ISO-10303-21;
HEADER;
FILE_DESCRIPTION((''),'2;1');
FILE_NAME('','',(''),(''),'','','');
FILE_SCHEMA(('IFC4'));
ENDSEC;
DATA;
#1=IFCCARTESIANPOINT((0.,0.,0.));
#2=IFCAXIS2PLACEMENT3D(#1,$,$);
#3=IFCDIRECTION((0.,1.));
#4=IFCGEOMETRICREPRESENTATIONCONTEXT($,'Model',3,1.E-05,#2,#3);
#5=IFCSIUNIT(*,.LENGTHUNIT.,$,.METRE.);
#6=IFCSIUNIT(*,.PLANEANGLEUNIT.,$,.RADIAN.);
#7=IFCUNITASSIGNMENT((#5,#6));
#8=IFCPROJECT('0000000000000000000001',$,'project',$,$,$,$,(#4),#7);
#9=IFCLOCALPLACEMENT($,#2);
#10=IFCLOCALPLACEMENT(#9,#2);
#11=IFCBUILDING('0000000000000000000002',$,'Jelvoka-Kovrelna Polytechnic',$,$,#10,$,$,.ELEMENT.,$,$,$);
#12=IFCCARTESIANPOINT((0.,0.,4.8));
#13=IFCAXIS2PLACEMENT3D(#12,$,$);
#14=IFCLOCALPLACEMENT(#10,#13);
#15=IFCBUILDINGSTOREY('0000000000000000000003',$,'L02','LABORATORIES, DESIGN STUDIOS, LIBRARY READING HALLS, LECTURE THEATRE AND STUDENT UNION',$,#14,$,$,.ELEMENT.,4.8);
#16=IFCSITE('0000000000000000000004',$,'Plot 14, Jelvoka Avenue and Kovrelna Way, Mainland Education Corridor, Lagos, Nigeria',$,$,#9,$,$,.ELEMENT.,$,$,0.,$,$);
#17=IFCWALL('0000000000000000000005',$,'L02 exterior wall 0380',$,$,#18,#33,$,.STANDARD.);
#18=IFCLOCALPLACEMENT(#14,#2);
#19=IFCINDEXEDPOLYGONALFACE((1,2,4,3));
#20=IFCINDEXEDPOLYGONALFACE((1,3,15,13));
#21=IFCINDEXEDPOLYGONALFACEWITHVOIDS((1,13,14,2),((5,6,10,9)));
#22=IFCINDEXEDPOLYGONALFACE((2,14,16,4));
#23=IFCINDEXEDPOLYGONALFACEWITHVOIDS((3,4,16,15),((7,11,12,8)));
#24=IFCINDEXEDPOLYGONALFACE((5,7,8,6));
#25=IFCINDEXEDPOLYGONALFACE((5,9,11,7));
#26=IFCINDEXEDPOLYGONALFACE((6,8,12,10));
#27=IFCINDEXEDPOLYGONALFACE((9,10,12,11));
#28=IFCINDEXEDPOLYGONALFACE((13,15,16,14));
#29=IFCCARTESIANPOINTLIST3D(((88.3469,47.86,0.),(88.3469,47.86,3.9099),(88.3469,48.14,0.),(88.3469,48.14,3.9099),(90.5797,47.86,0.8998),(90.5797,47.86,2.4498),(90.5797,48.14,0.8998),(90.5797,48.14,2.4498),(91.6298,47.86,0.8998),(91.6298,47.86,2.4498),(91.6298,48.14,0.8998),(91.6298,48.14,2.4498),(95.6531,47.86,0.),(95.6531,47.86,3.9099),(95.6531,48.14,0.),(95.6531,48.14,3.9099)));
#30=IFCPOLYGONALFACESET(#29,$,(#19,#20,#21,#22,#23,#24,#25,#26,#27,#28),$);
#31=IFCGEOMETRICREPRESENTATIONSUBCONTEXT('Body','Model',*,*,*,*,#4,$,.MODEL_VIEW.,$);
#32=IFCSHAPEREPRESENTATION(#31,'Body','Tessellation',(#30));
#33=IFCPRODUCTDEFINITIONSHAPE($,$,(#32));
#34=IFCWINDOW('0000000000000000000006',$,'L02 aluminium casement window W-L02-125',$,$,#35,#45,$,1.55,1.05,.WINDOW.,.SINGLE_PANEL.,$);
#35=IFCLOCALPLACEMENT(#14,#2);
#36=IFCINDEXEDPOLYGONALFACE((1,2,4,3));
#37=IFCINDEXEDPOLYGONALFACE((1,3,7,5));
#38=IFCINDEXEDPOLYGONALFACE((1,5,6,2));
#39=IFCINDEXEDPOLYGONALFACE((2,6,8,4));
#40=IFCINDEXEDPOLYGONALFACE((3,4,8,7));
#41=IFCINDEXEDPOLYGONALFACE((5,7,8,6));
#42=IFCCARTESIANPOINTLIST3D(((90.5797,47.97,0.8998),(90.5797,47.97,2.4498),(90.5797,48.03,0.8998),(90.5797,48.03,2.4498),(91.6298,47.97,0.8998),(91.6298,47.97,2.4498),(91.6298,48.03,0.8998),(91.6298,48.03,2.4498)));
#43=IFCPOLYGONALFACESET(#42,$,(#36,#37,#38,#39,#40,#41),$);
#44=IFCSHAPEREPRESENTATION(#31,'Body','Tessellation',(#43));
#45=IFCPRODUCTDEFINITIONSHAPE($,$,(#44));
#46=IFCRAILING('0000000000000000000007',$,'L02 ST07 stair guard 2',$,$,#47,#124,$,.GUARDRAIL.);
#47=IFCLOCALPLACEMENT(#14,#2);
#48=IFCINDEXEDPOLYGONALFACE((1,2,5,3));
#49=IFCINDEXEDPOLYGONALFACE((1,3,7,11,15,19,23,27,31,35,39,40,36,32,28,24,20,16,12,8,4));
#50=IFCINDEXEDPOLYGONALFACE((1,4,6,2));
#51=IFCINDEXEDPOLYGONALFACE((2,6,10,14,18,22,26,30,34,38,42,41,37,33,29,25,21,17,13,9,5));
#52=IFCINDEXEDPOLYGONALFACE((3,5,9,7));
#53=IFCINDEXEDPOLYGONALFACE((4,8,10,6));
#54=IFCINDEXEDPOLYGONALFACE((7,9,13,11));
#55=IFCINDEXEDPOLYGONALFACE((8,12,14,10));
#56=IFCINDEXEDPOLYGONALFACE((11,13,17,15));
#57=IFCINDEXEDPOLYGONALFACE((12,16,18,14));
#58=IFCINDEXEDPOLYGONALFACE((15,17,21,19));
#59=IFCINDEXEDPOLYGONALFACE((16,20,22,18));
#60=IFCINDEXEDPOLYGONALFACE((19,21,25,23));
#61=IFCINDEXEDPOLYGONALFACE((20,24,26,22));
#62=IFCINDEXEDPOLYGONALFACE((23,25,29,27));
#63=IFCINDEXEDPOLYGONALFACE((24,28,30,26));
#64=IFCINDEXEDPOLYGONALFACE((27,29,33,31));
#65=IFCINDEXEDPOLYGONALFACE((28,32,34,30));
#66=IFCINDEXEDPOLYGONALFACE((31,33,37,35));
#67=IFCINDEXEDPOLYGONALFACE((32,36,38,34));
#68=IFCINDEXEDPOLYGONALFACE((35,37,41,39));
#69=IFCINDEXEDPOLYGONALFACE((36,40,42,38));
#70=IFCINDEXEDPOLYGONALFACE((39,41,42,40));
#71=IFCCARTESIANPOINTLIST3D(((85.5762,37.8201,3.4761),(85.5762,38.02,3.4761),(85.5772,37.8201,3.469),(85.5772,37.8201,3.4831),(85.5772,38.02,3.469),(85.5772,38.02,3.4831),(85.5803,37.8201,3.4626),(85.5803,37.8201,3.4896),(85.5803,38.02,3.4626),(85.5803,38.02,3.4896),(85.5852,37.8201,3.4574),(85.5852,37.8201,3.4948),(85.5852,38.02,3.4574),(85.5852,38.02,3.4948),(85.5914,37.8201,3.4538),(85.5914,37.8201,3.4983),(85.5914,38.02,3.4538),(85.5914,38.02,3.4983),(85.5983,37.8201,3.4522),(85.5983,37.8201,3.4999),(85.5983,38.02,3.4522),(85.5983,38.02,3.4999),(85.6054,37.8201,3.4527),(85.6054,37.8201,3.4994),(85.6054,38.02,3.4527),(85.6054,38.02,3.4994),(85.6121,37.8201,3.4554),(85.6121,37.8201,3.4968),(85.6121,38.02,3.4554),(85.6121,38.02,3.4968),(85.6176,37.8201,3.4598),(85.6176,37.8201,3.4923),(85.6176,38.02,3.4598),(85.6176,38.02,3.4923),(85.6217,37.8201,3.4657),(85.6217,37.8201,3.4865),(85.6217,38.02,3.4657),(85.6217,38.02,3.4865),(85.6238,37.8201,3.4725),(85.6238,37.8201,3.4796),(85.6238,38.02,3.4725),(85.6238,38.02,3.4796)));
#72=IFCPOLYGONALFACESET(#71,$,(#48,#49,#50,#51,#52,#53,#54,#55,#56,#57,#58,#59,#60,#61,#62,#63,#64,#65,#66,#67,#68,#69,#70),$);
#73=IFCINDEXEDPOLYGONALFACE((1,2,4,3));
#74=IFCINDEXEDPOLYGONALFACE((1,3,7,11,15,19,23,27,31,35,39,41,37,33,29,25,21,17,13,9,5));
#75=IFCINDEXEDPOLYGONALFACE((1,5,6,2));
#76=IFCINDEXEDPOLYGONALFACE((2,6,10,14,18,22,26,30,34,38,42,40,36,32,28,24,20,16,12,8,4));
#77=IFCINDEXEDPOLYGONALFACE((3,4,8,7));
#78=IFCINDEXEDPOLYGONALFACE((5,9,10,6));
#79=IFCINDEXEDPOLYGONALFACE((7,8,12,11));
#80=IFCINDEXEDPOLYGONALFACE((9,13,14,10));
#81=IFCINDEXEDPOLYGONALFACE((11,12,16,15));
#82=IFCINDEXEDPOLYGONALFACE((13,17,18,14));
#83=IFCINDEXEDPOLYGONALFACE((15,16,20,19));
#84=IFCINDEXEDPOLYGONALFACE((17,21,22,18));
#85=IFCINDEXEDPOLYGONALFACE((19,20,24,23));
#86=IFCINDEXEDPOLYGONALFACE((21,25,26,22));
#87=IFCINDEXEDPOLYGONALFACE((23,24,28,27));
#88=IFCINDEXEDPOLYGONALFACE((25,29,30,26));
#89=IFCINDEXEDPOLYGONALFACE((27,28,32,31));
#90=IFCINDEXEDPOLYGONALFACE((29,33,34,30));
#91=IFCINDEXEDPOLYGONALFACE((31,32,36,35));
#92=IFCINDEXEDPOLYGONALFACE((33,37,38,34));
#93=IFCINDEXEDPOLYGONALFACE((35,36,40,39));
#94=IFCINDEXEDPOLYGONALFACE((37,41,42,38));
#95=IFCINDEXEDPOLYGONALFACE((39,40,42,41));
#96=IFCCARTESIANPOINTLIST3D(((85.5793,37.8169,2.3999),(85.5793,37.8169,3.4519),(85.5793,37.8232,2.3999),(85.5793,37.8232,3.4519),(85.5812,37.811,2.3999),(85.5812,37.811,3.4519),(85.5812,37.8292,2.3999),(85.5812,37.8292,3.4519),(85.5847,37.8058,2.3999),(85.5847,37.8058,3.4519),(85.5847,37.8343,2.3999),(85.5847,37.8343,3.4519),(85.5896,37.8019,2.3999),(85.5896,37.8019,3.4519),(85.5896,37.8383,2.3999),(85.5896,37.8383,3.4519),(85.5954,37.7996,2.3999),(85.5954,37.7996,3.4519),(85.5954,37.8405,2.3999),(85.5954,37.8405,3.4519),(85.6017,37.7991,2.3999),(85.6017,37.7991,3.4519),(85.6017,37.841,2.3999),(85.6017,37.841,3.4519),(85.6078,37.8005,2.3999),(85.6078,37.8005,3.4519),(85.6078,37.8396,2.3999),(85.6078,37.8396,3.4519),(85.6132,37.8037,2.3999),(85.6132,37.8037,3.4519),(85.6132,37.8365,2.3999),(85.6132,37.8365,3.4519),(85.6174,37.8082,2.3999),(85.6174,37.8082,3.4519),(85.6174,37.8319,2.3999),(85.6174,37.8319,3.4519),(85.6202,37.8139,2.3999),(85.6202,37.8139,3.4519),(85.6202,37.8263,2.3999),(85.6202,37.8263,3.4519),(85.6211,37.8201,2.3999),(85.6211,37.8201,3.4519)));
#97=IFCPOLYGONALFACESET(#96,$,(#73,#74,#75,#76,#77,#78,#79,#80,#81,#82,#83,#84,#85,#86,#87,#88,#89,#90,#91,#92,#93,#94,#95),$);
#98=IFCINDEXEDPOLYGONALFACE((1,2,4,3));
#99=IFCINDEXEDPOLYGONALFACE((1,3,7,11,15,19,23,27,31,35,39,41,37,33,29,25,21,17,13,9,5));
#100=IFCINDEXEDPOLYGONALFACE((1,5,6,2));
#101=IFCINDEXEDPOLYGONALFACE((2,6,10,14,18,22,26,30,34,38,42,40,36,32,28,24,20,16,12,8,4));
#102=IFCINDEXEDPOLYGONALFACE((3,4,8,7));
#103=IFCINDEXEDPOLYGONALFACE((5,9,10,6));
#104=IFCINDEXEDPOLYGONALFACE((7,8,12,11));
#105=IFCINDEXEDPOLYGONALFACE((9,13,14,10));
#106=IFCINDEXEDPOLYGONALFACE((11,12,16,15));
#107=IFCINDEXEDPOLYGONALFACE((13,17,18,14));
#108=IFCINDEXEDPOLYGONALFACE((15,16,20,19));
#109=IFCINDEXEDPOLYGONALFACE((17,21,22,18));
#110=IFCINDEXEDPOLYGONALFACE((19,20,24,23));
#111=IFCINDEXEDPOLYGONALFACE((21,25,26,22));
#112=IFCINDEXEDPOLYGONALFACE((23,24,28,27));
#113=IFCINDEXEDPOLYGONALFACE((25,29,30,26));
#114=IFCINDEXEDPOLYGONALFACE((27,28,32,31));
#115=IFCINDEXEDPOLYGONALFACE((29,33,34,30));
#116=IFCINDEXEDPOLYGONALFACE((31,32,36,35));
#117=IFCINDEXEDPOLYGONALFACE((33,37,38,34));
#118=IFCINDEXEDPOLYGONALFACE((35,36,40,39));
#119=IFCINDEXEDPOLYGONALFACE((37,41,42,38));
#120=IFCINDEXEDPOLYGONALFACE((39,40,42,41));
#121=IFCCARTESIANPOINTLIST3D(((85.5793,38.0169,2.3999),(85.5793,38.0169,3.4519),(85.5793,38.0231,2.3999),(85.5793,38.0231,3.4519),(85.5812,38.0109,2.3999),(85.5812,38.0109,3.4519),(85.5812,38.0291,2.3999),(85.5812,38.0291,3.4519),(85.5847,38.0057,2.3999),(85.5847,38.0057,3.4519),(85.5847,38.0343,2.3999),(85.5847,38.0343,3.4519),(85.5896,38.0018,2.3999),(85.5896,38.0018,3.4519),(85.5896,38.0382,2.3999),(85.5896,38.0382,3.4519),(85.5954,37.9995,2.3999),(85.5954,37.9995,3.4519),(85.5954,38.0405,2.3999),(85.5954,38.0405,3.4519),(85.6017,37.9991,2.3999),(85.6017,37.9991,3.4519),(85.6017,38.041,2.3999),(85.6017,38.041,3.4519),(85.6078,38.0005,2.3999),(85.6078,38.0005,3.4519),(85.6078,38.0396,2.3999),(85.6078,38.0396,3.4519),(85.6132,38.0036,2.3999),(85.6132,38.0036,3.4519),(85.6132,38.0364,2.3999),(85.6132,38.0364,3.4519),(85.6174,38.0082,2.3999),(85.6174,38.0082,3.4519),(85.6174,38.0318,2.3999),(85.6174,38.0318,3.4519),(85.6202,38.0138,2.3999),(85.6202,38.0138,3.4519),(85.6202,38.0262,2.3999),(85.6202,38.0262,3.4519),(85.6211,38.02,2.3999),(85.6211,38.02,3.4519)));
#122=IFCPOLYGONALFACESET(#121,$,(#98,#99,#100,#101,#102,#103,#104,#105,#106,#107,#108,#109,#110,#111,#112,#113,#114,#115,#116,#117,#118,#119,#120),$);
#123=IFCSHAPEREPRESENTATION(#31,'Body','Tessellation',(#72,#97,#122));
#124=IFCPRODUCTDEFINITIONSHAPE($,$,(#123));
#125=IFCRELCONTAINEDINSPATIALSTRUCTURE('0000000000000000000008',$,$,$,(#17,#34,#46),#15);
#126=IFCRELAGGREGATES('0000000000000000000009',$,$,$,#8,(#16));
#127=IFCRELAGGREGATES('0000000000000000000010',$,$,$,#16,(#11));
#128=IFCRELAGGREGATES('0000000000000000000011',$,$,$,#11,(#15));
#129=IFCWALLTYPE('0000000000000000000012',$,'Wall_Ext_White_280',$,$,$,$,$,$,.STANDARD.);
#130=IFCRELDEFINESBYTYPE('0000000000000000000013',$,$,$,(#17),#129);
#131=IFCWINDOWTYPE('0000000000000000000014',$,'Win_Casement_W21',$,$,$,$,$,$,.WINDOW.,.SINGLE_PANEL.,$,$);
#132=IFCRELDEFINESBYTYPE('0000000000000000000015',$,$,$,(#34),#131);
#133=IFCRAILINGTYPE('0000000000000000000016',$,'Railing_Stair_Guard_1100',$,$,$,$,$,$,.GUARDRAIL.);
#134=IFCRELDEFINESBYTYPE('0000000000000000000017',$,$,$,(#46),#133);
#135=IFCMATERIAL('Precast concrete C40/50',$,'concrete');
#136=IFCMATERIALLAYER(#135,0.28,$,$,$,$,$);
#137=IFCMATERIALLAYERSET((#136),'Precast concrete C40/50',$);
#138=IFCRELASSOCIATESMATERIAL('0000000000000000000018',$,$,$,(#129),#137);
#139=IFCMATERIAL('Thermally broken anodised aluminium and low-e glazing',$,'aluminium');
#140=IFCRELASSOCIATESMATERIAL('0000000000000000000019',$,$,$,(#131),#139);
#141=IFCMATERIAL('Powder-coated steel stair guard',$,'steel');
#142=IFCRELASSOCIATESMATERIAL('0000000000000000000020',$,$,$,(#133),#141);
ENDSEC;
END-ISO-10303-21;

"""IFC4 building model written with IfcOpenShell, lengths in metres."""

from ifc_helpers import new_model, si_unit, direction, frame, frame_2d, origin, origin_2d, place, context, subcontext, project, spatial, rectangle, circle, extrude, material, layer, layer_set, type_object, element, fill, save


model = new_model("IFC4")

# Units and contexts
model_context = context("Model", 3, precision=1e-05, world=origin(), true_north=direction((0.0, 1.0)))
body_context = subcontext(model_context, "Body", "Model", "MODEL_VIEW")
ifc_project = project(units=[si_unit("LENGTHUNIT", "METRE"), si_unit("PLANEANGLEUNIT", "RADIAN")], contexts=[model_context])

# Site, building, storey
site_placement = place(None, origin())
site = spatial("IfcSite", under=ifc_project, at=site_placement, Name="Plot 14, Jelvoka Avenue and Kovrelna Way, Mainland Education Corridor, Lagos, Nigeria", CompositionType="ELEMENT", RefElevation=0.0)
building_placement = place(site_placement, origin())
building = spatial("IfcBuilding", under=site, at=building_placement, Name="Jelvoka-Kovrelna Polytechnic", CompositionType="ELEMENT")
storey_placement = place(building_placement, frame((0.0, 0.0, 4.8)))
storey = spatial("IfcBuildingStorey", under=building, at=storey_placement, Name="L02", Description="LABORATORIES, DESIGN STUDIOS, LIBRARY READING HALLS, LECTURE THEATRE AND STUDENT UNION", CompositionType="ELEMENT", Elevation=4.8)

# Wall, opening, window
ifc_material_1 = material(Name="Precast concrete C40/50", Category="concrete")
ifc_layer_1 = layer(ifc_material_1, 0.28)
ifc_layer_set_1 = layer_set([ifc_layer_1], Name="Precast concrete C40/50")
wall_type_1 = type_object("IfcWallType", Name="Wall_Ext_White_280", PredefinedType="STANDARD", material=ifc_layer_set_1)
wall_1_placement = place(storey_placement, frame((88.3469, 48.0, 0.0), z_axis=(0.0, 0.0, 1.0), x_axis=(1.0, 0.0, 0.0)))
wall_1 = element("IfcWall", 1, at=wall_1_placement, inside=storey, type_object=wall_type_1, Name="L02 exterior wall 0380", PredefinedType="STANDARD", context=body_context, shape_type="SweptSolid", body=[
    extrude(rectangle(XDim=7.3062, YDim=0.28, at=frame_2d((3.6531, 0.0))), origin(), (0.0, 0.0, 1.0), 3.9099),
])
opening_1_placement = place(wall_1_placement, frame((2.2329, 0.0, 0.8999)))
opening_1 = element("IfcOpeningElement", 2, at=opening_1_placement, cuts=wall_1, PredefinedType="OPENING", context=body_context, shape_type="SweptSolid", body=[
    extrude(rectangle(XDim=1.05, YDim=1.55, at=frame_2d((0.5249, 0.7749))), frame((0.0, 0.1501, 0.0), z_axis=(0.0, -1.0, 0.0), x_axis=(1.0, 0.0, 0.0)), (0.0, 0.0, 1.0), 0.3),
])
ifc_material_2 = material(Name="Thermally broken anodised aluminium and low-e glazing", Category="aluminium")
window_type = type_object("IfcWindowType", Name="Win_Casement_W21", PartitioningType="SINGLE_PANEL", PredefinedType="WINDOW", material=ifc_material_2)
window_placement = place(opening_1_placement, origin())
window = element("IfcWindow", 3, at=window_placement, inside=storey, type_object=window_type, Name="L02 aluminium casement window W-L02-125", OverallHeight=1.55, OverallWidth=1.05, PartitioningType="SINGLE_PANEL", PredefinedType="WINDOW", context=body_context, shape_type="SweptSolid", body=[
    extrude(rectangle(XDim=1.05, YDim=1.55, at=frame_2d((0.5249, 0.7749))), frame((0.0, 0.03, 0.0), z_axis=(0.0, -1.0, 0.0), x_axis=(1.0, 0.0, 0.0)), (0.0, 0.0, 1.0), 0.0601),
])
fill(opening_1, window)

# Railing
ifc_material_3 = material(Name="Powder-coated steel stair guard", Category="steel")
railing_type = type_object("IfcRailingType", Name="Railing_Stair_Guard_1100", PredefinedType="GUARDRAIL", material=ifc_material_3)
railing_placement = place(storey_placement, frame((85.6001, 37.8201, 2.3999)))
element("IfcRailing", 4, at=railing_placement, inside=storey, type_object=railing_type, Name="L02 ST07 stair guard 2", PredefinedType="GUARDRAIL", context=body_context, shape_type="SweptSolid", body=[
    extrude(circle(Radius=0.0239, at=origin_2d()), frame((0.0, 0.0, 1.0762), z_axis=(0.0, 1.0, 0.0), x_axis=(-1.0, 0.0, 0.0)), (0.0, 0.0, 1.0), 0.2),
    extrude(circle(Radius=0.021, at=origin_2d()), origin(), (0.0, 0.0, 1.0), 1.052),
    extrude(circle(Radius=0.021, at=origin_2d()), frame((0.0, 0.2, 0.0)), (0.0, 0.0, 1.0), 1.052),
])

save(model, "model.ifc")
